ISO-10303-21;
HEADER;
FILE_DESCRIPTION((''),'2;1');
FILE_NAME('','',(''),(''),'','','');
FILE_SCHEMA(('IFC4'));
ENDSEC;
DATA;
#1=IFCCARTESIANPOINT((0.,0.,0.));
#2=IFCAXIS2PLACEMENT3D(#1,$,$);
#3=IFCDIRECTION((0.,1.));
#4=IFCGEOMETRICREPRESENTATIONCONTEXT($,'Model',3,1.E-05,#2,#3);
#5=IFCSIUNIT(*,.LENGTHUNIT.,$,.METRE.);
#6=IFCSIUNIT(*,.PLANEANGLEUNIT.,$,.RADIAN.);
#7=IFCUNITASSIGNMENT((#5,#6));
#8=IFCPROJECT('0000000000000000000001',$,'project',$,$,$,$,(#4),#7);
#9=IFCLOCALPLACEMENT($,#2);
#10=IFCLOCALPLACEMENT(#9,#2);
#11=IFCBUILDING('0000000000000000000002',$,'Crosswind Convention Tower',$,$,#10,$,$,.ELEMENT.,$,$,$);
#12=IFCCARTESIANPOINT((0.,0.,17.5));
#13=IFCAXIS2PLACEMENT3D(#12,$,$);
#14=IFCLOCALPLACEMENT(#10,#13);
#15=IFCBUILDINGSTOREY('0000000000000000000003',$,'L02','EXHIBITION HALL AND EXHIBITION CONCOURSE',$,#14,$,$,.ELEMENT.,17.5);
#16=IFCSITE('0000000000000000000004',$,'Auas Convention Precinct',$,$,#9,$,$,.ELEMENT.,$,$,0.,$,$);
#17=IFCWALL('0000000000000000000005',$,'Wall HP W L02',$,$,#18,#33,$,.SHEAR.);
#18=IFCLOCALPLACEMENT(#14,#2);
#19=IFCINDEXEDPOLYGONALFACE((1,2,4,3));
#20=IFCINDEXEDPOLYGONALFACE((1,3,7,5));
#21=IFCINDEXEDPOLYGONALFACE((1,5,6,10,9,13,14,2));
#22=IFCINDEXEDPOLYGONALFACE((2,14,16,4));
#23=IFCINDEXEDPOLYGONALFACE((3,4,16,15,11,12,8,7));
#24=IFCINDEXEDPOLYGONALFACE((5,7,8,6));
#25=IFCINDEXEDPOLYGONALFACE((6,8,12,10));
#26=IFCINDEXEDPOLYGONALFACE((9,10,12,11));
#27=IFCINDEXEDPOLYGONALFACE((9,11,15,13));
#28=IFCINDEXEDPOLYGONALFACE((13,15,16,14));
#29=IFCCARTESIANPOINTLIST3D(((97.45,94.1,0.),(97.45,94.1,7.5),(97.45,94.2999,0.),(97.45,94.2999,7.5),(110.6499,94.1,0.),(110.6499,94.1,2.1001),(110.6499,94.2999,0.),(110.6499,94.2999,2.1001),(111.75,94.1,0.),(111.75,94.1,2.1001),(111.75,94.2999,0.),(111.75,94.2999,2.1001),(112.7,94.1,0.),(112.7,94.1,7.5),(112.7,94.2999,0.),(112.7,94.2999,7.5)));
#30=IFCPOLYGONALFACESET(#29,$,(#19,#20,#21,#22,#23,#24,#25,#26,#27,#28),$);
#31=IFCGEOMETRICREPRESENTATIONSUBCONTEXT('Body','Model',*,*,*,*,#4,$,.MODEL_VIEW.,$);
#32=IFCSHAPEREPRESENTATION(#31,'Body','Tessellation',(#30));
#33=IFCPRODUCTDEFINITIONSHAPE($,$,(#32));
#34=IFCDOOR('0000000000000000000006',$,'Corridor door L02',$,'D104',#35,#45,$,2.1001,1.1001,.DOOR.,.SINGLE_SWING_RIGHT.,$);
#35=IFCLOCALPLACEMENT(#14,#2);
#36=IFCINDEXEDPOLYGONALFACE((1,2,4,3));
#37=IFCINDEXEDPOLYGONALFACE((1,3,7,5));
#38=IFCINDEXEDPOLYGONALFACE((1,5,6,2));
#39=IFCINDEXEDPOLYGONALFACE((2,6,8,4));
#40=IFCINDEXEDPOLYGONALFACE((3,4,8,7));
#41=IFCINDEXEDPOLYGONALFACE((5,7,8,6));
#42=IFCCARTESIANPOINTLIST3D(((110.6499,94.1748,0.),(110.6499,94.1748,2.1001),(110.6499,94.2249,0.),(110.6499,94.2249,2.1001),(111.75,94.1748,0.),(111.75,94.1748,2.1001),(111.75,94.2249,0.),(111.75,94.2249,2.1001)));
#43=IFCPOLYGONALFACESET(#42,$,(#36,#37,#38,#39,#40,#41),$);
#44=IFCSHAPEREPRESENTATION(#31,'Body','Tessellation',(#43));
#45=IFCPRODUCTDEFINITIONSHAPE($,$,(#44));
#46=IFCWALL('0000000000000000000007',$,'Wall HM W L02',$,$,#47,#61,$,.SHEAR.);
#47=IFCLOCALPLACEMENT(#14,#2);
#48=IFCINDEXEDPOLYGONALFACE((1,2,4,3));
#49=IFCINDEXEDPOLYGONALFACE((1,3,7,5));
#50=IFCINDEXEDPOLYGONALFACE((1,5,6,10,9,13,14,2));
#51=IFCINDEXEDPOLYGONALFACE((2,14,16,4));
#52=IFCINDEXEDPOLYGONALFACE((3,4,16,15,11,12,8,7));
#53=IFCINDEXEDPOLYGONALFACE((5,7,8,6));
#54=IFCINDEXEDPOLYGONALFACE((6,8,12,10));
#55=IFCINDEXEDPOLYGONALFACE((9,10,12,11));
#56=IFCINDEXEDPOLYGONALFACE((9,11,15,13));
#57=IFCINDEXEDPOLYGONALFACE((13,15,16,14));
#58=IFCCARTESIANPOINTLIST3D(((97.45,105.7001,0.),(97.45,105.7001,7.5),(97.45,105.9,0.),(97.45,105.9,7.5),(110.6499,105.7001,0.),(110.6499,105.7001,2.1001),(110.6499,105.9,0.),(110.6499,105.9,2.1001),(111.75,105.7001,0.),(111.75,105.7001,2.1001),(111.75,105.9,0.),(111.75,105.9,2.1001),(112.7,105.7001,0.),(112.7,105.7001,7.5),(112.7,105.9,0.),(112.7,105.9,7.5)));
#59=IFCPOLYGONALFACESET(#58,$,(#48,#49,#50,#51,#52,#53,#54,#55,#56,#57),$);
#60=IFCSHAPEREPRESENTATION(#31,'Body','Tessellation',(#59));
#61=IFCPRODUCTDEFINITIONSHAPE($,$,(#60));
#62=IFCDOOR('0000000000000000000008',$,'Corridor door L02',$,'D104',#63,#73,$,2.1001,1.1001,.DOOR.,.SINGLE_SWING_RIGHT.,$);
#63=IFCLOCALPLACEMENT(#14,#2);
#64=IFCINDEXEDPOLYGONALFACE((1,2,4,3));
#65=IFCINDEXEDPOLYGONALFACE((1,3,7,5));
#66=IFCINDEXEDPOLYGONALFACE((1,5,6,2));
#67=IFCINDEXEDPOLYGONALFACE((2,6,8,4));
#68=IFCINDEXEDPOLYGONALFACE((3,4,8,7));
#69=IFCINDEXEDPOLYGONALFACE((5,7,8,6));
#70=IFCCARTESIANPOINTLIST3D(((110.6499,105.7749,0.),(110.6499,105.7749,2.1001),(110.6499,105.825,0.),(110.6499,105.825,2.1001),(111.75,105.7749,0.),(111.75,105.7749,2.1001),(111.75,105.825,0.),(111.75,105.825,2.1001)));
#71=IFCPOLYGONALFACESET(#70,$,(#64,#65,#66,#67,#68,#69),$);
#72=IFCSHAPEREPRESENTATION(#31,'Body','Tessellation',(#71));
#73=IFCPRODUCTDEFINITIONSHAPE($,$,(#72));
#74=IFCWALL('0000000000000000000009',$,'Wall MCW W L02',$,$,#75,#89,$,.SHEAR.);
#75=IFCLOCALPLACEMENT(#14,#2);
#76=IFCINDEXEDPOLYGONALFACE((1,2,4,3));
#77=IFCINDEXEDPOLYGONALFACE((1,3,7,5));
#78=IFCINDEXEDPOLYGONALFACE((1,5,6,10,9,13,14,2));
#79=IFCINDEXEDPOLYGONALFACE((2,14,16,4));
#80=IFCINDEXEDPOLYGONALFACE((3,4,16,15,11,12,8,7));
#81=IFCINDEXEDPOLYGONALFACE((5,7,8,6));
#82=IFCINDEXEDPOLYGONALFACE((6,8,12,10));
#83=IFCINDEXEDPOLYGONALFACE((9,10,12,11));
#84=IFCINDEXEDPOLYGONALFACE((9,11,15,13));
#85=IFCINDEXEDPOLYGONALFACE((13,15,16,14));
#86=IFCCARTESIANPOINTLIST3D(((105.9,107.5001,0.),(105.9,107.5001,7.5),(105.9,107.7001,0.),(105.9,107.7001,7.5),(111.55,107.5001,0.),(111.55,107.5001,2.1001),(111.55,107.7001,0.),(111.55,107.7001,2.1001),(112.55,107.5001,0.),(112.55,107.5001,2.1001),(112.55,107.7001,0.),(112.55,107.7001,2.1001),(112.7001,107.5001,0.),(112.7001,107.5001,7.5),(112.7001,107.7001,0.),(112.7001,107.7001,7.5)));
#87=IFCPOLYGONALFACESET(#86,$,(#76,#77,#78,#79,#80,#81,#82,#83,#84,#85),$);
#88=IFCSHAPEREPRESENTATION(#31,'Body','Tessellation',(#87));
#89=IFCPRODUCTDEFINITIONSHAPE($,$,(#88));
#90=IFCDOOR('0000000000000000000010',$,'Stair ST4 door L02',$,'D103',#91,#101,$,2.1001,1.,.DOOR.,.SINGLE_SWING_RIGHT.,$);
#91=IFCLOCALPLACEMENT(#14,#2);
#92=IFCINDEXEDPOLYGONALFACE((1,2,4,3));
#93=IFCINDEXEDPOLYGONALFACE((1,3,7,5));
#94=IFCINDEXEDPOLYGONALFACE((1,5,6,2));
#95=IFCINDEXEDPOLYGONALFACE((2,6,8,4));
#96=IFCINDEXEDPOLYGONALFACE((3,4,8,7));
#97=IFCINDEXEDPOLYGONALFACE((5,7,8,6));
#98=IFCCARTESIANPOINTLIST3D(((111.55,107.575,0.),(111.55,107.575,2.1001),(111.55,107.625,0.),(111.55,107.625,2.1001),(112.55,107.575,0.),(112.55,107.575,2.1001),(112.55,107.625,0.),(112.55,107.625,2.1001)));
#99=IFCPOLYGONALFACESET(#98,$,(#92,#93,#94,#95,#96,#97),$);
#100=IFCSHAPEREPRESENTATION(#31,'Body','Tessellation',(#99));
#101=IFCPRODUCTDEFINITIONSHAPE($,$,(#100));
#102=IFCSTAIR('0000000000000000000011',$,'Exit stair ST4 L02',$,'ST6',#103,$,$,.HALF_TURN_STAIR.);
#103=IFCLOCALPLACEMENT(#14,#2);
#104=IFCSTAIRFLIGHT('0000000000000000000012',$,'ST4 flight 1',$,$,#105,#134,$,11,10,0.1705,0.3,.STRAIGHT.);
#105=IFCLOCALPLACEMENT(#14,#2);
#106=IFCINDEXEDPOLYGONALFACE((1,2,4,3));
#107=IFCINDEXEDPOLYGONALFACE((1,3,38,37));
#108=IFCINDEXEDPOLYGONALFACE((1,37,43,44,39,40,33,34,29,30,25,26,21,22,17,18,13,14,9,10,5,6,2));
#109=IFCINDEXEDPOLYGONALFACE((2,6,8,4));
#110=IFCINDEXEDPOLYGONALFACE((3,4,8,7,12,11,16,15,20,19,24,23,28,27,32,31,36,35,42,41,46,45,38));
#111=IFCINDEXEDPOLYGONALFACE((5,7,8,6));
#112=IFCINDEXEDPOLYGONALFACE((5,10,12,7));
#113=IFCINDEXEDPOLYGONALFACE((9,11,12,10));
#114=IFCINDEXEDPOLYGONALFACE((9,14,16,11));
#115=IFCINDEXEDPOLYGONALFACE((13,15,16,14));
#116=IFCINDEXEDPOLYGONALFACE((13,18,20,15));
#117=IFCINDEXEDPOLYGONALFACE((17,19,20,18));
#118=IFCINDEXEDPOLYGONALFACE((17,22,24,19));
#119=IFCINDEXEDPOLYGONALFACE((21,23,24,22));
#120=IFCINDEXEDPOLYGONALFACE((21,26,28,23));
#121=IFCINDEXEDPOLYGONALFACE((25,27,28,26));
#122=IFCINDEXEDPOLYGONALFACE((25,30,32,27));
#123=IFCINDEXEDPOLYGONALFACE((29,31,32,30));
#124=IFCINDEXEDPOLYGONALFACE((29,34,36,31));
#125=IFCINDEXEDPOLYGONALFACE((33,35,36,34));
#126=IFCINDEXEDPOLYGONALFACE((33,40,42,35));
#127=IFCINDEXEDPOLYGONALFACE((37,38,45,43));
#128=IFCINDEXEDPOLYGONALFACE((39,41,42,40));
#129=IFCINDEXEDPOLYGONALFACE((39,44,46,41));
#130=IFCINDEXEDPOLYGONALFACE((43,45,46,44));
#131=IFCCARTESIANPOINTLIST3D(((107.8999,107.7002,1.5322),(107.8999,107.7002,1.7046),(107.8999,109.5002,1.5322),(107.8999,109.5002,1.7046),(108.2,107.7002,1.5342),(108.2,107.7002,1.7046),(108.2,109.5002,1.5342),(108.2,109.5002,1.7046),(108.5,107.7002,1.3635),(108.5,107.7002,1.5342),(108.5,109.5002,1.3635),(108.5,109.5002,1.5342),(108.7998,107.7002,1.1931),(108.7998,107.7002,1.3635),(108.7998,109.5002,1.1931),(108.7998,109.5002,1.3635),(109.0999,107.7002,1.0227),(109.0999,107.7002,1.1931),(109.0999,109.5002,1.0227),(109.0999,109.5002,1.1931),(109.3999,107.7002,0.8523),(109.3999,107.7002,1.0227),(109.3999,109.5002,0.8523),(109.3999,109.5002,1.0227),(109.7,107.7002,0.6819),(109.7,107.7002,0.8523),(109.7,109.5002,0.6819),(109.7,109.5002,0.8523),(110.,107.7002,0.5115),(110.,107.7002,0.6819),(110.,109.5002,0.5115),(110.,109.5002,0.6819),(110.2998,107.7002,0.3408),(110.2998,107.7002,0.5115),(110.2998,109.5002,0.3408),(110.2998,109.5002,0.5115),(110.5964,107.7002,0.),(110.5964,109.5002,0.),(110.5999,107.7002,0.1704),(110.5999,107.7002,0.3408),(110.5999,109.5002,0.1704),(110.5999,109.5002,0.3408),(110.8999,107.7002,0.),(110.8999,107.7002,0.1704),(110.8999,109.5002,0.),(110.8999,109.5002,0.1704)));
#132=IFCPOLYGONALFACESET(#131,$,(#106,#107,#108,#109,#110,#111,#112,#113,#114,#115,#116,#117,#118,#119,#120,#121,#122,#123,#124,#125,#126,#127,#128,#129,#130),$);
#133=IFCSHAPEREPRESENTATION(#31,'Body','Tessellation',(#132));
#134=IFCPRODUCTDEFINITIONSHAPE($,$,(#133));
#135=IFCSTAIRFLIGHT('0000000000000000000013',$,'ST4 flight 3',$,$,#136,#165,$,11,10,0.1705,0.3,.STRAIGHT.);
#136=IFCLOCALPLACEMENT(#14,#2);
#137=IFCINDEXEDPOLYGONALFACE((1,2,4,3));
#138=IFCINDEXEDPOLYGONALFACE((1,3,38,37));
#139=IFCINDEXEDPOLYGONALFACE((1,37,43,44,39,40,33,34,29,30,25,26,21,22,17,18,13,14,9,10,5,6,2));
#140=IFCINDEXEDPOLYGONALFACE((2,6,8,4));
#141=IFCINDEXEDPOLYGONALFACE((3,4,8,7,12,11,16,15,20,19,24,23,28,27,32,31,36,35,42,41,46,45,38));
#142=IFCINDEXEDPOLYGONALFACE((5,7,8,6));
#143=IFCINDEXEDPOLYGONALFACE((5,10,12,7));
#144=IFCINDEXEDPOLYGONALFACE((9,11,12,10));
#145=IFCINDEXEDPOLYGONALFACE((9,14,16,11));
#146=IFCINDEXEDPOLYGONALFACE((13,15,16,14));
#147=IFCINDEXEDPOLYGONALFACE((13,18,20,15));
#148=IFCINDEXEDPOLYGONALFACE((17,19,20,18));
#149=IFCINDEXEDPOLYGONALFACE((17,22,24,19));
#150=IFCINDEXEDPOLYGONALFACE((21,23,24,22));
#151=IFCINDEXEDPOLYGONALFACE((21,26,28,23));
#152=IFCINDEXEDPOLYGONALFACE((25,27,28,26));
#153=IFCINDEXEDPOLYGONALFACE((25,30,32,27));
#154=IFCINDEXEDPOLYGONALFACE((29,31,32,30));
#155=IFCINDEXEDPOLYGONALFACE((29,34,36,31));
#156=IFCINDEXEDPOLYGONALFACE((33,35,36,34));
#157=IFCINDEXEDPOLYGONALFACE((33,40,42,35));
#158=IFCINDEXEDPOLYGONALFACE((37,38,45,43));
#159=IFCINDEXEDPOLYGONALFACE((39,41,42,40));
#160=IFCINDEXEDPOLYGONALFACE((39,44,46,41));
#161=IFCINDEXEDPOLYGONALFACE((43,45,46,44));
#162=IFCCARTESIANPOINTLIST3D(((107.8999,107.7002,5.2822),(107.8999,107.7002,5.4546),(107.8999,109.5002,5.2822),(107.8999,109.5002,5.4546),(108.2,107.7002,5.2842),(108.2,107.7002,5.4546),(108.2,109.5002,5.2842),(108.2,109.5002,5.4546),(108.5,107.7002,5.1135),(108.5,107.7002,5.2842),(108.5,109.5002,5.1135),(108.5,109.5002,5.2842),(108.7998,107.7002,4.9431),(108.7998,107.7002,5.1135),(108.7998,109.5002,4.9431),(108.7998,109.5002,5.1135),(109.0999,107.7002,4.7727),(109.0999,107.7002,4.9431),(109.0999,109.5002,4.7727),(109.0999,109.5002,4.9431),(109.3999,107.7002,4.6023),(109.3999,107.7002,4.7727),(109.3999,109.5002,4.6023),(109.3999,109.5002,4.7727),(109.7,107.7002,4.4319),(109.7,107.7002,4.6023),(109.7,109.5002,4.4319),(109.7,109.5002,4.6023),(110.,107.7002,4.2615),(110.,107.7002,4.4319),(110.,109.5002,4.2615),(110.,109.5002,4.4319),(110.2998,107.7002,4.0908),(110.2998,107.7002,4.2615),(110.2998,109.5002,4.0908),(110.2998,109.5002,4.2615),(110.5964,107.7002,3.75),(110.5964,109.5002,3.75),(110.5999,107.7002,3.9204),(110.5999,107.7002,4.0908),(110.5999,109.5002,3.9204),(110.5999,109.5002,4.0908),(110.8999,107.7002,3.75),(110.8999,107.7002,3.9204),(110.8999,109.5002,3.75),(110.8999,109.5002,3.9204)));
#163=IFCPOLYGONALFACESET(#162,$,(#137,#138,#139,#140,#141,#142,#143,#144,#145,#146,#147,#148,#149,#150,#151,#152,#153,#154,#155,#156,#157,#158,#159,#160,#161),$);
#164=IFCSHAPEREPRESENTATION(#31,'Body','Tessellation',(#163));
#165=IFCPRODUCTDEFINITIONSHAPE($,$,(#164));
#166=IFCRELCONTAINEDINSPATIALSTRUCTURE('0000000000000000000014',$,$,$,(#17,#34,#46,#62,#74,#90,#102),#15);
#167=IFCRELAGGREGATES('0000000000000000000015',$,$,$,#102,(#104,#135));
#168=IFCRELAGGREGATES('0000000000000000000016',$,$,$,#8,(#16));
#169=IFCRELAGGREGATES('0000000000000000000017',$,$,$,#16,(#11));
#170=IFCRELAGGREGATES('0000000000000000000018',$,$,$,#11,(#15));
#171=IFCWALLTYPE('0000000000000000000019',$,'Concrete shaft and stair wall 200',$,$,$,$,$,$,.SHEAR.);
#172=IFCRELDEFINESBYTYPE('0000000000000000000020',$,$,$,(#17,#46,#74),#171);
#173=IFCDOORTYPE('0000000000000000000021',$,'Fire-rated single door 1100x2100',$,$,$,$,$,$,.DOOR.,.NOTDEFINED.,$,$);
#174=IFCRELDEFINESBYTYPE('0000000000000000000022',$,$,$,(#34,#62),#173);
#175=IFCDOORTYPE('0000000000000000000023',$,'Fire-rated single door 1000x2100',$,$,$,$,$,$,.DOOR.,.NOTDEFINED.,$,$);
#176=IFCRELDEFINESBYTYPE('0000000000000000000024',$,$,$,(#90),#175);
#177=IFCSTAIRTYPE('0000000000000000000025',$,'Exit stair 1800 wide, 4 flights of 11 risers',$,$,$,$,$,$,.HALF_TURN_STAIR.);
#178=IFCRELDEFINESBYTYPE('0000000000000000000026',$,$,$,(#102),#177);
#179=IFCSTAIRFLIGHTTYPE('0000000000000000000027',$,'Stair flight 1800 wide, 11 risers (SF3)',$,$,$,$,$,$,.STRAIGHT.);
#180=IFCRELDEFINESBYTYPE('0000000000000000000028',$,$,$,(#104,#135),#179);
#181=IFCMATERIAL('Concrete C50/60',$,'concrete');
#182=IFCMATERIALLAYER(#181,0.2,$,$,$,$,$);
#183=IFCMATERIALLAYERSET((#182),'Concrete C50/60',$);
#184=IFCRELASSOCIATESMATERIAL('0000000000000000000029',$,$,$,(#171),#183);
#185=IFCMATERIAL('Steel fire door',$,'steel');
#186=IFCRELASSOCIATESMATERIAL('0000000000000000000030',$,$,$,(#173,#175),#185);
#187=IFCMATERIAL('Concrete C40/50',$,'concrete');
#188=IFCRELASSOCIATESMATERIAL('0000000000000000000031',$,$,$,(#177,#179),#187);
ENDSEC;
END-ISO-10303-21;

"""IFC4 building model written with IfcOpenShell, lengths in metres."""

from ifc_helpers import new_model, si_unit, direction, frame, frame_2d, origin, place, context, subcontext, project, spatial, polyline, rectangle, outline, extrude, material, layer, layer_set, type_object, element, fill, aggregate, save


model = new_model("IFC4")

# Units and contexts
model_context = context("Model", 3, precision=1e-05, world=origin(), true_north=direction((0.0, 1.0)))
body_context = subcontext(model_context, "Body", "Model", "MODEL_VIEW")
ifc_project = project(units=[si_unit("LENGTHUNIT", "METRE"), si_unit("PLANEANGLEUNIT", "RADIAN")], contexts=[model_context])

# Site, building, storey
site_placement = place(None, origin())
site = spatial("IfcSite", under=ifc_project, at=site_placement, Name="Auas Convention Precinct", CompositionType="ELEMENT", RefElevation=0.0)
building_placement = place(site_placement, origin())
building = spatial("IfcBuilding", under=site, at=building_placement, Name="Crosswind Convention Tower", CompositionType="ELEMENT")
storey_placement = place(building_placement, frame((0.0, 0.0, 17.5)))
storey = spatial("IfcBuildingStorey", under=building, at=storey_placement, Name="L02", Description="EXHIBITION HALL AND EXHIBITION CONCOURSE", CompositionType="ELEMENT", Elevation=17.5)

# Shared definitions
ifc_material_1 = material(Name="Concrete C50/60", Category="concrete")

# Shared definitions
ifc_layer_1 = layer(ifc_material_1, 0.2)
ifc_layer_set_1 = layer_set([ifc_layer_1], Name="Concrete C50/60")
wall_type_1 = type_object("IfcWallType", Name="Concrete shaft and stair wall 200", PredefinedType="SHEAR", material=ifc_layer_set_1)

# Walls, openings, doors
wall_1_placement = place(storey_placement, frame((112.7, 94.2, 0.0), z_axis=(0.0, 0.0, 1.0), x_axis=(-1.0, 0.0, 0.0)))
wall_1 = element("IfcWall", 1, at=wall_1_placement, inside=storey, type_object=wall_type_1, Name="Wall HP W L02", PredefinedType="SHEAR", context=body_context, shape_type="SweptSolid", body=[
    extrude(rectangle(XDim=15.25, YDim=0.2, at=frame_2d((7.625, 0.0))), origin(), (0.0, 0.0, 1.0), 7.5),
])
opening_1_placement = place(wall_1_placement, frame((0.95, 0.0, 0.0)))
opening_1 = element("IfcOpeningElement", 2, at=opening_1_placement, cuts=wall_1, PredefinedType="OPENING", context=body_context, shape_type="SweptSolid", body=[
    extrude(rectangle(XDim=1.1001, YDim=2.1001, at=frame_2d((0.55, 1.05))), frame((0.0, 0.1099, 0.0), z_axis=(0.0, -1.0, 0.0), x_axis=(1.0, 0.0, 0.0)), (0.0, 0.0, 1.0), 0.22),
])
ifc_material_2 = material(Name="Steel fire door", Category="steel")
door_type_1 = type_object("IfcDoorType", Name="Fire-rated single door 1100x2100", OperationType="NOTDEFINED", PredefinedType="DOOR", material=ifc_material_2)
door_1_placement = place(opening_1_placement, frame((1.1001, 0.0, 0.0), z_axis=(0.0, 0.0, 1.0), x_axis=(-1.0, 0.0, 0.0)))
door_1 = element("IfcDoor", 3, at=door_1_placement, inside=storey, type_object=door_type_1, Name="Corridor door L02", ObjectType="D104", OperationType="SINGLE_SWING_RIGHT", OverallHeight=2.1001, OverallWidth=1.1001, PredefinedType="DOOR", context=body_context, shape_type="SweptSolid", body=[
    extrude(rectangle(XDim=1.1001, YDim=2.1001, at=frame_2d((0.55, 1.05))), frame((0.0, 0.0249, 0.0), z_axis=(0.0, -1.0, 0.0), x_axis=(1.0, 0.0, 0.0)), (0.0, 0.0, 1.0), 0.05),
])
fill(opening_1, door_1)
wall_2_placement = place(storey_placement, frame((112.7, 105.8, 0.0), z_axis=(0.0, 0.0, 1.0), x_axis=(-1.0, 0.0, 0.0)))
wall_2 = element("IfcWall", 4, at=wall_2_placement, inside=storey, type_object=wall_type_1, Name="Wall HM W L02", PredefinedType="SHEAR", context=body_context, shape_type="SweptSolid", body=[
    extrude(rectangle(XDim=15.25, YDim=0.2, at=frame_2d((7.625, 0.0))), origin(), (0.0, 0.0, 1.0), 7.5),
])
opening_2_placement = place(wall_2_placement, frame((0.95, 0.0, 0.0)))
opening_2 = element("IfcOpeningElement", 5, at=opening_2_placement, cuts=wall_2, PredefinedType="OPENING", context=body_context, shape_type="SweptSolid", body=[
    extrude(rectangle(XDim=1.1001, YDim=2.1001, at=frame_2d((0.55, 1.05))), frame((0.0, 0.1099, 0.0), z_axis=(0.0, -1.0, 0.0), x_axis=(1.0, 0.0, 0.0)), (0.0, 0.0, 1.0), 0.22),
])
door_2_placement = place(opening_2_placement, frame((1.1001, 0.0, 0.0), z_axis=(0.0, 0.0, 1.0), x_axis=(-1.0, 0.0, 0.0)))
door_2 = element("IfcDoor", 6, at=door_2_placement, inside=storey, type_object=door_type_1, Name="Corridor door L02", ObjectType="D104", OperationType="SINGLE_SWING_RIGHT", OverallHeight=2.1001, OverallWidth=1.1001, PredefinedType="DOOR", context=body_context, shape_type="SweptSolid", body=[
    extrude(rectangle(XDim=1.1001, YDim=2.1001, at=frame_2d((0.55, 1.05))), frame((0.0, 0.0249, 0.0), z_axis=(0.0, -1.0, 0.0), x_axis=(1.0, 0.0, 0.0)), (0.0, 0.0, 1.0), 0.05),
])
fill(opening_2, door_2)
wall_3_placement = place(storey_placement, frame((112.7, 107.6001, 0.0), z_axis=(0.0, 0.0, 1.0), x_axis=(-1.0, 0.0, 0.0)))
wall_3 = element("IfcWall", 7, at=wall_3_placement, inside=storey, type_object=wall_type_1, Name="Wall MCW W L02", PredefinedType="SHEAR", context=body_context, shape_type="SweptSolid", body=[
    extrude(rectangle(XDim=6.8, YDim=0.2, at=frame_2d((3.3999, 0.0))), origin(), (0.0, 0.0, 1.0), 7.5),
])
opening_3_placement = place(wall_3_placement, frame((0.1499, 0.0, 0.0)))
opening_3 = element("IfcOpeningElement", 8, at=opening_3_placement, cuts=wall_3, PredefinedType="OPENING", context=body_context, shape_type="SweptSolid", body=[
    extrude(rectangle(XDim=1.0, YDim=2.1001, at=frame_2d((0.5, 1.05))), frame((0.0, 0.1099, 0.0), z_axis=(0.0, -1.0, 0.0), x_axis=(1.0, 0.0, 0.0)), (0.0, 0.0, 1.0), 0.22),
])
door_type_2 = type_object("IfcDoorType", Name="Fire-rated single door 1000x2100", OperationType="NOTDEFINED", PredefinedType="DOOR", material=ifc_material_2)
door_3_placement = place(opening_3_placement, frame((1.0, 0.0, 0.0), z_axis=(0.0, 0.0, 1.0), x_axis=(-1.0, 0.0, 0.0)))
door_3 = element("IfcDoor", 9, at=door_3_placement, inside=storey, type_object=door_type_2, Name="Stair ST4 door L02", ObjectType="D103", OperationType="SINGLE_SWING_RIGHT", OverallHeight=2.1001, OverallWidth=1.0, PredefinedType="DOOR", context=body_context, shape_type="SweptSolid", body=[
    extrude(rectangle(XDim=1.0, YDim=2.1001, at=frame_2d((0.5, 1.05))), frame((0.0, 0.0249, 0.0), z_axis=(0.0, -1.0, 0.0), x_axis=(1.0, 0.0, 0.0)), (0.0, 0.0, 1.0), 0.05),
])
fill(opening_3, door_3)

# Stair, stair flights
ifc_material_3 = material(Name="Concrete C40/50", Category="concrete")
stair_type = type_object("IfcStairType", Name="Exit stair 1800 wide, 4 flights of 11 risers", PredefinedType="HALF_TURN_STAIR", material=ifc_material_3)
stair_placement = place(storey_placement, origin())
stair = element("IfcStair", 10, at=stair_placement, inside=storey, type_object=stair_type, Name="Exit stair ST4 L02", ObjectType="ST6", PredefinedType="HALF_TURN_STAIR")
stair_flight_type = type_object("IfcStairFlightType", Name="Stair flight 1800 wide, 11 risers (SF3)", PredefinedType="STRAIGHT", material=ifc_material_3)
stair_flight_1_placement = place(storey_placement, frame((110.8999, 108.6001, 0.0), z_axis=(0.0, 0.0, 1.0), x_axis=(-1.0, 0.0, 0.0)))
stair_flight_1 = element("IfcStairFlight", 11, at=stair_flight_1_placement, type_object=stair_flight_type, Name="ST4 flight 1", NumberOfRisers=11, NumberOfTreads=10, PredefinedType="STRAIGHT", RiserHeight=0.1705, TreadLength=0.3, context=body_context, shape_type="SweptSolid", body=[
    extrude(outline(polyline([(0.0, 0.0), (0.0, 0.1704), (0.3, 0.1704), (0.3, 0.3408), (0.6001, 0.3408), (0.6001, 0.5115), (0.8999, 0.5115), (0.8999, 0.6819), (1.2, 0.6819), (1.2, 0.8523), (1.5, 0.8523), (1.5, 1.0227), (1.8, 1.0227), (1.8, 1.1931), (2.1001, 1.1931), (2.1001, 1.3635), (2.3999, 1.3635), (2.3999, 1.5342), (2.7, 1.5342), (2.7, 1.7046), (3.0, 1.7046), (3.0, 1.875), (3.0, 1.5322), (0.3035, 0.0), (0.0, 0.0)])), frame((0.0, 0.8999, 0.0), z_axis=(0.0, -1.0, 0.0), x_axis=(1.0, 0.0, 0.0)), (0.0, 0.0, 1.0), 1.8),
])
stair_flight_2_placement = place(storey_placement, frame((110.8999, 108.6001, 3.75), z_axis=(0.0, 0.0, 1.0), x_axis=(-1.0, 0.0, 0.0)))
stair_flight_2 = element("IfcStairFlight", 12, at=stair_flight_2_placement, type_object=stair_flight_type, Name="ST4 flight 3", NumberOfRisers=11, NumberOfTreads=10, PredefinedType="STRAIGHT", RiserHeight=0.1705, TreadLength=0.3, context=body_context, shape_type="SweptSolid", body=[
    extrude(outline(polyline([(0.0, 0.0), (0.0, 0.1704), (0.3, 0.1704), (0.3, 0.3408), (0.6001, 0.3408), (0.6001, 0.5115), (0.8999, 0.5115), (0.8999, 0.6819), (1.2, 0.6819), (1.2, 0.8523), (1.5, 0.8523), (1.5, 1.0227), (1.8, 1.0227), (1.8, 1.1931), (2.1001, 1.1931), (2.1001, 1.3635), (2.3999, 1.3635), (2.3999, 1.5342), (2.7, 1.5342), (2.7, 1.7046), (3.0, 1.7046), (3.0, 1.875), (3.0, 1.5322), (0.3035, 0.0), (0.0, 0.0)])), frame((0.0, 0.8999, 0.0), z_axis=(0.0, -1.0, 0.0), x_axis=(1.0, 0.0, 0.0)), (0.0, 0.0, 1.0), 1.8),
])
aggregate(stair, [stair_flight_1, stair_flight_2])

save(model, "model.ifc")
